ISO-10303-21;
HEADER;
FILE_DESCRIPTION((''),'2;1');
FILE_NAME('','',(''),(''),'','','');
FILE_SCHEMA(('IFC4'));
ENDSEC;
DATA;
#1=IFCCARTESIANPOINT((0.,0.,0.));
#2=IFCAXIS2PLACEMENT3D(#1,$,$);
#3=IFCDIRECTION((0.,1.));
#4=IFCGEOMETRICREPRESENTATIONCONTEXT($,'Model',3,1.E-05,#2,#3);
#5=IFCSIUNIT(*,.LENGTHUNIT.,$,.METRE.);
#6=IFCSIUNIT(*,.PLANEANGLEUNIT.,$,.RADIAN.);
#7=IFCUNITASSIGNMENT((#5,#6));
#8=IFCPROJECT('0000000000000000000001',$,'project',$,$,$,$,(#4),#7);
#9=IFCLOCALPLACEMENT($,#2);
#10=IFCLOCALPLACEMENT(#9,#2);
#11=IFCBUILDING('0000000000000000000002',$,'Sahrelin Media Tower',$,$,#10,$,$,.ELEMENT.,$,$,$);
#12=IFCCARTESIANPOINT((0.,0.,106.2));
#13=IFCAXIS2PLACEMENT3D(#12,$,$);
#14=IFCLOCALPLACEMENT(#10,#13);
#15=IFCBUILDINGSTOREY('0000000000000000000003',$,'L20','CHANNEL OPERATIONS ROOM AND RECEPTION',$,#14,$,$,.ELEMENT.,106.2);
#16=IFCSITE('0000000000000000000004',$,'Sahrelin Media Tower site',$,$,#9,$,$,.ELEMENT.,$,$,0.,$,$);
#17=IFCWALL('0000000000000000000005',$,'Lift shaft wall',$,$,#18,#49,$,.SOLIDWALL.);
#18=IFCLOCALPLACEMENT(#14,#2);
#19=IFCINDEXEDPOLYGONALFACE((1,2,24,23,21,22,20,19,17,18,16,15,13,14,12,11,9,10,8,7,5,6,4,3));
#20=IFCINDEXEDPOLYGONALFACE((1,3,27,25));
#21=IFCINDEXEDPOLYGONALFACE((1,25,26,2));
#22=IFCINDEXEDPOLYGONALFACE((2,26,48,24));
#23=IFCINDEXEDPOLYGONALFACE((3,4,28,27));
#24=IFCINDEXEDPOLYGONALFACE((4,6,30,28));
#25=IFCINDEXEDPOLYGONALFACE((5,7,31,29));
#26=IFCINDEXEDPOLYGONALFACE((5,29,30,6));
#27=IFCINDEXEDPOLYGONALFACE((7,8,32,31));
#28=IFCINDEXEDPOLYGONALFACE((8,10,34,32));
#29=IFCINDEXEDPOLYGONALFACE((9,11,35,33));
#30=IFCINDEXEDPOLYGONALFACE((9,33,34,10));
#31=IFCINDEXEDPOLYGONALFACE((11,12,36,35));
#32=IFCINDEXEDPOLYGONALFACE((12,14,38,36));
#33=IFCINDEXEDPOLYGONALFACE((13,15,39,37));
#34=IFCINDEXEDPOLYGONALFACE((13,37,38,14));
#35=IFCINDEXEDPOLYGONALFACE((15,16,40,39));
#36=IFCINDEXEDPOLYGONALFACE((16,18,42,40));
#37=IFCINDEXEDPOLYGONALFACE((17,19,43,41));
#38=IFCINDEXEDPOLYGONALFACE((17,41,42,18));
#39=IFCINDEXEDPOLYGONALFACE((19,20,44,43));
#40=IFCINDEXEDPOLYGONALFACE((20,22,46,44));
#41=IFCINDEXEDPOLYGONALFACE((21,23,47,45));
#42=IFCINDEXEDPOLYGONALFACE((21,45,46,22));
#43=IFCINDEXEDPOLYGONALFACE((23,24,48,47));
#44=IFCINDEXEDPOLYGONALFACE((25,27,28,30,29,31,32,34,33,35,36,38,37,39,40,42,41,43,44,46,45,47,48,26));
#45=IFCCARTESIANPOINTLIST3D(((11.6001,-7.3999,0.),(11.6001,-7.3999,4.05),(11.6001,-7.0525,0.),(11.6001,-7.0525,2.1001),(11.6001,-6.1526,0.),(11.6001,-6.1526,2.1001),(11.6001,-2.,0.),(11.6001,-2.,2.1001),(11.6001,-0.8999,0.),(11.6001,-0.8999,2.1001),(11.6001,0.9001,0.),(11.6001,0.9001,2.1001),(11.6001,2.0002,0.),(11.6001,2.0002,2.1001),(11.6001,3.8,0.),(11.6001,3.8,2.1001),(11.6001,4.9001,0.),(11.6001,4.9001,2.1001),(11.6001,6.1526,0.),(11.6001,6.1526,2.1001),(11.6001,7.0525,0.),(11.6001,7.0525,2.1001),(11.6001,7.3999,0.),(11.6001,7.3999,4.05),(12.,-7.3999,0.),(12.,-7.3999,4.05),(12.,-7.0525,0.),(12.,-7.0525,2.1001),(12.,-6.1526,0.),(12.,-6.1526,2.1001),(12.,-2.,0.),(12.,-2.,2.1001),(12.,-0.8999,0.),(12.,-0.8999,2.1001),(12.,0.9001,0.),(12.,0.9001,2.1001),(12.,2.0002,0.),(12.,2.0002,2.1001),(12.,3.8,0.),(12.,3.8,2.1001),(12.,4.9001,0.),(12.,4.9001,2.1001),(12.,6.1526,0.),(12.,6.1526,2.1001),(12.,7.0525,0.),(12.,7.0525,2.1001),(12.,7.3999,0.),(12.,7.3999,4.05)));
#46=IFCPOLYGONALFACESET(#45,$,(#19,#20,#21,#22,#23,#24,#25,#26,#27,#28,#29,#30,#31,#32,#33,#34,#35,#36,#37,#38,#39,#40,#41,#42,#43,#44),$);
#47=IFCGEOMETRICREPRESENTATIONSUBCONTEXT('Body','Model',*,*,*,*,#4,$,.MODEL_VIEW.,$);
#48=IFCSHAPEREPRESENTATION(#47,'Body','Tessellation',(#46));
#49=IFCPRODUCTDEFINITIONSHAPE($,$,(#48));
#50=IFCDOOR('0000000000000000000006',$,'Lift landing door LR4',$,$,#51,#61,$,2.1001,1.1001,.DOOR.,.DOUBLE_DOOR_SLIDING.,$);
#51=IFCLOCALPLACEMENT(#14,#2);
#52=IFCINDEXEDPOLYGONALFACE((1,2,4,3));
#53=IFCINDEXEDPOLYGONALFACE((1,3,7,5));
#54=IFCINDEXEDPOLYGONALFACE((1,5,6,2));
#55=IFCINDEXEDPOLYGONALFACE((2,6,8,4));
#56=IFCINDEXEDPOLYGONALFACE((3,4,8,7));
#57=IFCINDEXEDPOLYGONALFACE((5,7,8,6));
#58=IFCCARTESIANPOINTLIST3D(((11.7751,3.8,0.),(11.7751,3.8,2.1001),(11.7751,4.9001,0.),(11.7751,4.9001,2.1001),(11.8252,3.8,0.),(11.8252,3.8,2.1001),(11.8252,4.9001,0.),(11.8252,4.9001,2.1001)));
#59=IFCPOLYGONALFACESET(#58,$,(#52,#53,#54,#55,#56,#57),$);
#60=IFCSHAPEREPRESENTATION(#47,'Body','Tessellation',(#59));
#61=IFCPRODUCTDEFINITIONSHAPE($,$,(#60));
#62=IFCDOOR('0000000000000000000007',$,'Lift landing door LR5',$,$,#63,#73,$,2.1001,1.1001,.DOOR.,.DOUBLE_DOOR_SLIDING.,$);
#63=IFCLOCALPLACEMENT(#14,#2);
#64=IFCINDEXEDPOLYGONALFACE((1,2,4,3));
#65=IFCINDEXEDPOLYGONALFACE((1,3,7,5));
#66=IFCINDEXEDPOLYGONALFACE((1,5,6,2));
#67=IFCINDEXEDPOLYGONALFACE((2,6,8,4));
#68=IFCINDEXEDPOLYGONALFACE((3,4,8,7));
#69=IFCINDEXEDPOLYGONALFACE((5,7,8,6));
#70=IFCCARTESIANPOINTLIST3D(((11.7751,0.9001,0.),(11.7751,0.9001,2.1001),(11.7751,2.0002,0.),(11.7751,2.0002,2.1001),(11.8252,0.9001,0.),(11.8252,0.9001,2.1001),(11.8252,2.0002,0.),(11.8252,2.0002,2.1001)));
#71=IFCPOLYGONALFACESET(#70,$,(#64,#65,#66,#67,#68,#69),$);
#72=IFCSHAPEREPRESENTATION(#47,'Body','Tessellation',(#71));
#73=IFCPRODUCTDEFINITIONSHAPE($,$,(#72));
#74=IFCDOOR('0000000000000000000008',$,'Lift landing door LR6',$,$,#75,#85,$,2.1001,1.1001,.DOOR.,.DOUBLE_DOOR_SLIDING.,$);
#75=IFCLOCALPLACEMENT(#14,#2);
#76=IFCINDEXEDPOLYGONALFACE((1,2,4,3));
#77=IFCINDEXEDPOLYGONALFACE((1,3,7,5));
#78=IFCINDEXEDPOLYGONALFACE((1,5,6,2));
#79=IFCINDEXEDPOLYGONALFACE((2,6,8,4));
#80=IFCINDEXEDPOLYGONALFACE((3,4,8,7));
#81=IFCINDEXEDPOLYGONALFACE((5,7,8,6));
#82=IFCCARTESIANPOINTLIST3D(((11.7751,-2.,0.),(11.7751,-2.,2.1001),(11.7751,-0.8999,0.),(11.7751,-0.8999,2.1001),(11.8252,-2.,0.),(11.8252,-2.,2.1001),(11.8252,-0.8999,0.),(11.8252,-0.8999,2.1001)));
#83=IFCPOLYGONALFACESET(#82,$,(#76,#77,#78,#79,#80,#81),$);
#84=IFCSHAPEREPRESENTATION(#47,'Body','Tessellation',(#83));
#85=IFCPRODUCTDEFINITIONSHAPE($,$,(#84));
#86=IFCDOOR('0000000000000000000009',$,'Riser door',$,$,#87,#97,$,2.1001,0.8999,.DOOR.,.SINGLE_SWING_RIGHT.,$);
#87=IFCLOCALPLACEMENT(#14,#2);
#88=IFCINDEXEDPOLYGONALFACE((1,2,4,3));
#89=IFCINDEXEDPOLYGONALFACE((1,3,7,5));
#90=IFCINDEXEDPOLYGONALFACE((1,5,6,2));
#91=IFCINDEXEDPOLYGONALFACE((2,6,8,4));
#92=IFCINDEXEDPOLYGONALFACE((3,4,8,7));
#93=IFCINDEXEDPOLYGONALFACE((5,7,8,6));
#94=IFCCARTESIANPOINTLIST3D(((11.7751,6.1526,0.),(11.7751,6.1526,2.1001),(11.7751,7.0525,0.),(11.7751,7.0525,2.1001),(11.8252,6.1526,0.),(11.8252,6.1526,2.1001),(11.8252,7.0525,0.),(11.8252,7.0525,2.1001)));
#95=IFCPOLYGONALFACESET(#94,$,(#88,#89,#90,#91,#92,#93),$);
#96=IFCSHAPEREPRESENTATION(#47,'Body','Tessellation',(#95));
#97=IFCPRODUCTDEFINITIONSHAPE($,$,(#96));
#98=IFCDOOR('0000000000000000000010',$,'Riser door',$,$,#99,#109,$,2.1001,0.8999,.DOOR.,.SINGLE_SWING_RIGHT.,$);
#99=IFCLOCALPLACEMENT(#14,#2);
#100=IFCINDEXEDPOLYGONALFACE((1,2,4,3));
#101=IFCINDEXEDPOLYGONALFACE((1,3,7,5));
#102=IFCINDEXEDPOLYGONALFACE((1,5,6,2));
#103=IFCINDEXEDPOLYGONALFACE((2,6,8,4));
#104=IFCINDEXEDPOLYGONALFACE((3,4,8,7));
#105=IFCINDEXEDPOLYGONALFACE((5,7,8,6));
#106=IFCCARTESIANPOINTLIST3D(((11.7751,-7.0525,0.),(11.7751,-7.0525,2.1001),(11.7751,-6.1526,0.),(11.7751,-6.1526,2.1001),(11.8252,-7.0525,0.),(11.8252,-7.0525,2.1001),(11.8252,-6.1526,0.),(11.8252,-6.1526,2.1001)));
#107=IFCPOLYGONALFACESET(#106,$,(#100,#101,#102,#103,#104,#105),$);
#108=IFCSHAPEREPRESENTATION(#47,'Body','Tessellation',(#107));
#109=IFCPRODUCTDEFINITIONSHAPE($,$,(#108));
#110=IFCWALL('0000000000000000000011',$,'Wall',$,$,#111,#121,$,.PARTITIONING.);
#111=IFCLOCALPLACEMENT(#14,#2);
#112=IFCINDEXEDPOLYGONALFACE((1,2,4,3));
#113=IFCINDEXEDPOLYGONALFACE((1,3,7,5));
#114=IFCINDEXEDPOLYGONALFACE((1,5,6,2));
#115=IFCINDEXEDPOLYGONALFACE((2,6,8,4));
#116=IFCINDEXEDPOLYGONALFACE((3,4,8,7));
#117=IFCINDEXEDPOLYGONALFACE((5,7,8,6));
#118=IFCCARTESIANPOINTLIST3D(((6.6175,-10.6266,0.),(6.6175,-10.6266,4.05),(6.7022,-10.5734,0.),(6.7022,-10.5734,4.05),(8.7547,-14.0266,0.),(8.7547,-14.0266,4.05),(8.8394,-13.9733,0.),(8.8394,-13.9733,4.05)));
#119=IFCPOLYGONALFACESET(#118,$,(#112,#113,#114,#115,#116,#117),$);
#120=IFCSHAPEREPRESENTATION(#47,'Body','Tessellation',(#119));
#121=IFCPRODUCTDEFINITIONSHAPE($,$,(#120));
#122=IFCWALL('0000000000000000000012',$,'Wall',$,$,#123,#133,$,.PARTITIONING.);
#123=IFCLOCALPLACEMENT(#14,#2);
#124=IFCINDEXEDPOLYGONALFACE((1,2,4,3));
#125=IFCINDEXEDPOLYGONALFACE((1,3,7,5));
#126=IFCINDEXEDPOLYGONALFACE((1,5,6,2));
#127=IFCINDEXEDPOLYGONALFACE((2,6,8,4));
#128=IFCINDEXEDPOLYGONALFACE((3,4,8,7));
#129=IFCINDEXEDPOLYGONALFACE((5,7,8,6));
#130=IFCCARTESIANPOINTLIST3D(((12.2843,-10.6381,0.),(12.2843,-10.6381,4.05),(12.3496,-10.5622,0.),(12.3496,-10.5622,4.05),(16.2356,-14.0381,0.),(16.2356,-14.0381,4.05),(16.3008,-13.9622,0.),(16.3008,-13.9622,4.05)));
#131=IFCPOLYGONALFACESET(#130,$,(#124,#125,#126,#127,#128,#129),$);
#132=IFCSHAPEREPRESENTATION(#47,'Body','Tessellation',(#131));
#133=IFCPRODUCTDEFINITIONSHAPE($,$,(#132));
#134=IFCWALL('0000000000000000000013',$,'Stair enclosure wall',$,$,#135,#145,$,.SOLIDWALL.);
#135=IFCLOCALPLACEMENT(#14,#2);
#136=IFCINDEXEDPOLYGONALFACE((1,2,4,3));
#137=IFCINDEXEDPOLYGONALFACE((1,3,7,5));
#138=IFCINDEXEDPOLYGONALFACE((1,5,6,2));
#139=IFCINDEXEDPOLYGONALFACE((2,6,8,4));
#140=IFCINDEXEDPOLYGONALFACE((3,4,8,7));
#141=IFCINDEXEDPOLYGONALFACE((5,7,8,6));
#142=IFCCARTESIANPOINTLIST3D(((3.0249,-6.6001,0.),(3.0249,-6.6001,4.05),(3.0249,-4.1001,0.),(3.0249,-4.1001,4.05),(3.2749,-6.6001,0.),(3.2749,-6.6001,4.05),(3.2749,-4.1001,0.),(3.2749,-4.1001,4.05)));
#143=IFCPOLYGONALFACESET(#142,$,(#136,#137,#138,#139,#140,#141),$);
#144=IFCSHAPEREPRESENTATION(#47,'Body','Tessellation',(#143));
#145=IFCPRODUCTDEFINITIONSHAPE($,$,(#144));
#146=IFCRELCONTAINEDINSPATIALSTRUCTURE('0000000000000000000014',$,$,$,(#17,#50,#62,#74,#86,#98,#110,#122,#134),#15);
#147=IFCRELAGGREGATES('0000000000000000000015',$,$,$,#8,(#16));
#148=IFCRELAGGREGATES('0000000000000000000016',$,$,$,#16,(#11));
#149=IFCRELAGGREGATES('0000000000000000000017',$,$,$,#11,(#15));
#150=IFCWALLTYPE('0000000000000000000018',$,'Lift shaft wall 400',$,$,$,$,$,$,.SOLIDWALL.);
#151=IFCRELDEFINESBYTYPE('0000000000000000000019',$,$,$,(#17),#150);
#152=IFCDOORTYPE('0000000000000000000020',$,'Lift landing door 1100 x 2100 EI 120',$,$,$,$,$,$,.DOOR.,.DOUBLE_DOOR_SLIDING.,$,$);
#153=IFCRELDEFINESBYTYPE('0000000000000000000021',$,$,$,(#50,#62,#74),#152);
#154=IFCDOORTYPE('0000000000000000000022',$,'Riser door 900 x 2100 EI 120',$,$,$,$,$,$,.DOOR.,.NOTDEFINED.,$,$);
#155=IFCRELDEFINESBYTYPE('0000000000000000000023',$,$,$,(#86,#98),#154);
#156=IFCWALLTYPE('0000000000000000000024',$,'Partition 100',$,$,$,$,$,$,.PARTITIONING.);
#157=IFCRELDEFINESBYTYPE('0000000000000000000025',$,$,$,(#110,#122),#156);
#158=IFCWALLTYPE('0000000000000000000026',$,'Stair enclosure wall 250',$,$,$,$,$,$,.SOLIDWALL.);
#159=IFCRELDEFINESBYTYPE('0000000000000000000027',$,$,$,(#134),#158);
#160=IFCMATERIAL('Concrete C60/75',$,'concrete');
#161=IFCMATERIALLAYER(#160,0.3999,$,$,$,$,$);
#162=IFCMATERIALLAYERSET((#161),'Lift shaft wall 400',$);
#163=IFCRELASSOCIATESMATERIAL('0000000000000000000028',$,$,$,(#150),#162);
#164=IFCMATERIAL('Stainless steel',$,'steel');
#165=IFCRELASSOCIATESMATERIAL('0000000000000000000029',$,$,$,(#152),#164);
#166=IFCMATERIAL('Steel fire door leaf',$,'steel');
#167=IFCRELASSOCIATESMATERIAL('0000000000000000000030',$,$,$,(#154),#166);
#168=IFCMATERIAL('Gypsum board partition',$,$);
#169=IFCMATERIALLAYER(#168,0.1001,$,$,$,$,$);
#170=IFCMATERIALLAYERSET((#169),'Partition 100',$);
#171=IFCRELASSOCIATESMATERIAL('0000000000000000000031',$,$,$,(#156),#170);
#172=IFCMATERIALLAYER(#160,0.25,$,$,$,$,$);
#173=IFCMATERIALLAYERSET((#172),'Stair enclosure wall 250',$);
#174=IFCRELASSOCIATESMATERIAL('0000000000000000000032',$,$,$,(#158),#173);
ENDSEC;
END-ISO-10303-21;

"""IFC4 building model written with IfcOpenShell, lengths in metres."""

from ifc_helpers import new_model, si_unit, direction, frame, frame_2d, origin, place, context, subcontext, project, spatial, rectangle, extrude, material, layer, layer_set, type_object, element, fill, save


model = new_model("IFC4")

# Units and contexts
model_context = context("Model", 3, precision=1e-05, world=origin(), true_north=direction((0.0, 1.0)))
body_context = subcontext(model_context, "Body", "Model", "MODEL_VIEW")
ifc_project = project(units=[si_unit("LENGTHUNIT", "METRE"), si_unit("PLANEANGLEUNIT", "RADIAN")], contexts=[model_context])

# Site, building, storey
site_placement = place(None, origin())
site = spatial("IfcSite", under=ifc_project, at=site_placement, Name="Sahrelin Media Tower site", CompositionType="ELEMENT", RefElevation=0.0)
building_placement = place(site_placement, origin())
building = spatial("IfcBuilding", under=site, at=building_placement, Name="Sahrelin Media Tower", CompositionType="ELEMENT")
storey_placement = place(building_placement, frame((0.0, 0.0, 106.2)))
storey = spatial("IfcBuildingStorey", under=building, at=storey_placement, Name="L20", Description="CHANNEL OPERATIONS ROOM AND RECEPTION", CompositionType="ELEMENT", Elevation=106.2)

# Wall, openings, doors
ifc_material_1 = material(Name="Concrete C60/75", Category="concrete")
ifc_layer_1 = layer(ifc_material_1, 0.3999)
ifc_layer_set_1 = layer_set([ifc_layer_1], Name="Lift shaft wall 400")
wall_type_1 = type_object("IfcWallType", Name="Lift shaft wall 400", PredefinedType="SOLIDWALL", material=ifc_layer_set_1)
wall_1_placement = place(storey_placement, frame((11.8, -7.3999, 0.0), z_axis=(0.0, 0.0, 1.0), x_axis=(0.0, 1.0, 0.0)))
wall_1 = element("IfcWall", 1, at=wall_1_placement, inside=storey, type_object=wall_type_1, Name="Lift shaft wall", PredefinedType="SOLIDWALL", context=body_context, shape_type="SweptSolid", body=[
    extrude(rectangle(XDim=14.7998, YDim=0.3999, at=frame_2d((7.3999, 0.0))), origin(), (0.0, 0.0, 1.0), 4.05),
])
opening_1_placement = place(wall_1_placement, frame((11.2, 0.0, 0.0)))
opening_1 = element("IfcOpeningElement", 2, at=opening_1_placement, cuts=wall_1, PredefinedType="OPENING", context=body_context, shape_type="SweptSolid", body=[
    extrude(rectangle(XDim=1.1001, YDim=2.1001, at=frame_2d((0.55, 1.05))), frame((0.0, 0.2, 0.0), z_axis=(0.0, -1.0, 0.0), x_axis=(1.0, 0.0, 0.0)), (0.0, 0.0, 1.0), 0.3999),
])
opening_2_placement = place(wall_1_placement, frame((8.3, 0.0, 0.0)))
opening_2 = element("IfcOpeningElement", 3, at=opening_2_placement, cuts=wall_1, PredefinedType="OPENING", context=body_context, shape_type="SweptSolid", body=[
    extrude(rectangle(XDim=1.1001, YDim=2.1001, at=frame_2d((0.55, 1.05))), frame((0.0, 0.2, 0.0), z_axis=(0.0, -1.0, 0.0), x_axis=(1.0, 0.0, 0.0)), (0.0, 0.0, 1.0), 0.3999),
])
opening_3_placement = place(wall_1_placement, frame((5.3999, 0.0, 0.0)))
opening_3 = element("IfcOpeningElement", 4, at=opening_3_placement, cuts=wall_1, PredefinedType="OPENING", context=body_context, shape_type="SweptSolid", body=[
    extrude(rectangle(XDim=1.1001, YDim=2.1001, at=frame_2d((0.55, 1.05))), frame((0.0, 0.2, 0.0), z_axis=(0.0, -1.0, 0.0), x_axis=(1.0, 0.0, 0.0)), (0.0, 0.0, 1.0), 0.3999),
])
opening_4_placement = place(wall_1_placement, frame((13.5525, 0.0, 0.0)))
opening_4 = element("IfcOpeningElement", 5, at=opening_4_placement, cuts=wall_1, PredefinedType="OPENING", context=body_context, shape_type="SweptSolid", body=[
    extrude(rectangle(XDim=0.8999, YDim=2.1001, at=frame_2d((0.45, 1.05))), frame((0.0, 0.2, 0.0), z_axis=(0.0, -1.0, 0.0), x_axis=(1.0, 0.0, 0.0)), (0.0, 0.0, 1.0), 0.3999),
])
opening_5_placement = place(wall_1_placement, frame((0.3474, 0.0, 0.0)))
opening_5 = element("IfcOpeningElement", 6, at=opening_5_placement, cuts=wall_1, PredefinedType="OPENING", context=body_context, shape_type="SweptSolid", body=[
    extrude(rectangle(XDim=0.8999, YDim=2.1001, at=frame_2d((0.45, 1.05))), frame((0.0, 0.2, 0.0), z_axis=(0.0, -1.0, 0.0), x_axis=(1.0, 0.0, 0.0)), (0.0, 0.0, 1.0), 0.3999),
])
ifc_material_2 = material(Name="Stainless steel", Category="steel")
door_type_1 = type_object("IfcDoorType", Name="Lift landing door 1100 x 2100 EI 120", OperationType="DOUBLE_DOOR_SLIDING", PredefinedType="DOOR", material=ifc_material_2)
door_1_placement = place(opening_1_placement, origin())
door_1 = element("IfcDoor", 7, at=door_1_placement, inside=storey, type_object=door_type_1, Name="Lift landing door LR4", OperationType="DOUBLE_DOOR_SLIDING", OverallHeight=2.1001, OverallWidth=1.1001, PredefinedType="DOOR", context=body_context, shape_type="SweptSolid", body=[
    extrude(rectangle(XDim=1.1001, YDim=2.1001, at=frame_2d((0.55, 1.05))), frame((0.0, 0.0249, 0.0), z_axis=(0.0, -1.0, 0.0), x_axis=(1.0, 0.0, 0.0)), (0.0, 0.0, 1.0), 0.05),
])
fill(opening_1, door_1)
door_2_placement = place(opening_2_placement, origin())
door_2 = element("IfcDoor", 8, at=door_2_placement, inside=storey, type_object=door_type_1, Name="Lift landing door LR5", OperationType="DOUBLE_DOOR_SLIDING", OverallHeight=2.1001, OverallWidth=1.1001, PredefinedType="DOOR", context=body_context, shape_type="SweptSolid", body=[
    extrude(rectangle(XDim=1.1001, YDim=2.1001, at=frame_2d((0.55, 1.05))), frame((0.0, 0.0249, 0.0), z_axis=(0.0, -1.0, 0.0), x_axis=(1.0, 0.0, 0.0)), (0.0, 0.0, 1.0), 0.05),
])
fill(opening_2, door_2)
door_3_placement = place(opening_3_placement, origin())
door_3 = element("IfcDoor", 9, at=door_3_placement, inside=storey, type_object=door_type_1, Name="Lift landing door LR6", OperationType="DOUBLE_DOOR_SLIDING", OverallHeight=2.1001, OverallWidth=1.1001, PredefinedType="DOOR", context=body_context, shape_type="SweptSolid", body=[
    extrude(rectangle(XDim=1.1001, YDim=2.1001, at=frame_2d((0.55, 1.05))), frame((0.0, 0.0249, 0.0), z_axis=(0.0, -1.0, 0.0), x_axis=(1.0, 0.0, 0.0)), (0.0, 0.0, 1.0), 0.05),
])
fill(opening_3, door_3)
ifc_material_3 = material(Name="Steel fire door leaf", Category="steel")
door_type_2 = type_object("IfcDoorType", Name="Riser door 900 x 2100 EI 120", OperationType="NOTDEFINED", PredefinedType="DOOR", material=ifc_material_3)
door_4_placement = place(opening_4_placement, origin())
door_4 = element("IfcDoor", 10, at=door_4_placement, inside=storey, type_object=door_type_2, Name="Riser door", OperationType="SINGLE_SWING_RIGHT", OverallHeight=2.1001, OverallWidth=0.8999, PredefinedType="DOOR", context=body_context, shape_type="SweptSolid", body=[
    extrude(rectangle(XDim=0.8999, YDim=2.1001, at=frame_2d((0.45, 1.05))), frame((0.0, 0.0249, 0.0), z_axis=(0.0, -1.0, 0.0), x_axis=(1.0, 0.0, 0.0)), (0.0, 0.0, 1.0), 0.05),
])
fill(opening_4, door_4)
door_5_placement = place(opening_5_placement, origin())
door_5 = element("IfcDoor", 11, at=door_5_placement, inside=storey, type_object=door_type_2, Name="Riser door", OperationType="SINGLE_SWING_RIGHT", OverallHeight=2.1001, OverallWidth=0.8999, PredefinedType="DOOR", context=body_context, shape_type="SweptSolid", body=[
    extrude(rectangle(XDim=0.8999, YDim=2.1001, at=frame_2d((0.45, 1.05))), frame((0.0, 0.0249, 0.0), z_axis=(0.0, -1.0, 0.0), x_axis=(1.0, 0.0, 0.0)), (0.0, 0.0, 1.0), 0.05),
])
fill(opening_5, door_5)

# Walls
ifc_material_4 = material(Name="Gypsum board partition")
ifc_layer_2 = layer(ifc_material_4, 0.1001)
ifc_layer_set_2 = layer_set([ifc_layer_2], Name="Partition 100")
wall_type_2 = type_object("IfcWallType", Name="Partition 100", PredefinedType="PARTITIONING", material=ifc_layer_set_2)
wall_2_placement = place(storey_placement, frame((6.6599, -10.6001, 0.0), z_axis=(0.0, 0.0, 1.0), x_axis=(0.532194, -0.846622, 0.0)))
element("IfcWall", 12, at=wall_2_placement, inside=storey, type_object=wall_type_2, Name="Wall", PredefinedType="PARTITIONING", context=body_context, shape_type="SweptSolid", body=[
    extrude(rectangle(XDim=4.0159, YDim=0.1001, at=frame_2d((2.0078, 0.0))), origin(), (0.0, 0.0, 1.0), 4.05),
])
wall_3_placement = place(storey_placement, frame((12.3169, -10.6001, 0.0), z_axis=(0.0, 0.0, 1.0), x_axis=(0.758005, -0.652248, 0.0)))
element("IfcWall", 13, at=wall_3_placement, inside=storey, type_object=wall_type_2, Name="Wall", PredefinedType="PARTITIONING", context=body_context, shape_type="SweptSolid", body=[
    extrude(rectangle(XDim=5.2126, YDim=0.1001, at=frame_2d((2.6064, 0.0))), origin(), (0.0, 0.0, 1.0), 4.05),
])
ifc_layer_3 = layer(ifc_material_1, 0.25)
ifc_layer_set_3 = layer_set([ifc_layer_3], Name="Stair enclosure wall 250")
wall_type_3 = type_object("IfcWallType", Name="Stair enclosure wall 250", PredefinedType="SOLIDWALL", material=ifc_layer_set_3)
wall_4_placement = place(storey_placement, frame((3.1499, -6.6001, 0.0), z_axis=(0.0, 0.0, 1.0), x_axis=(0.0, 1.0, 0.0)))
element("IfcWall", 14, at=wall_4_placement, inside=storey, type_object=wall_type_3, Name="Stair enclosure wall", PredefinedType="SOLIDWALL", context=body_context, shape_type="SweptSolid", body=[
    extrude(rectangle(XDim=2.5, YDim=0.25, at=frame_2d((1.25, 0.0))), origin(), (0.0, 0.0, 1.0), 4.05),
])

save(model, "model.ifc")
